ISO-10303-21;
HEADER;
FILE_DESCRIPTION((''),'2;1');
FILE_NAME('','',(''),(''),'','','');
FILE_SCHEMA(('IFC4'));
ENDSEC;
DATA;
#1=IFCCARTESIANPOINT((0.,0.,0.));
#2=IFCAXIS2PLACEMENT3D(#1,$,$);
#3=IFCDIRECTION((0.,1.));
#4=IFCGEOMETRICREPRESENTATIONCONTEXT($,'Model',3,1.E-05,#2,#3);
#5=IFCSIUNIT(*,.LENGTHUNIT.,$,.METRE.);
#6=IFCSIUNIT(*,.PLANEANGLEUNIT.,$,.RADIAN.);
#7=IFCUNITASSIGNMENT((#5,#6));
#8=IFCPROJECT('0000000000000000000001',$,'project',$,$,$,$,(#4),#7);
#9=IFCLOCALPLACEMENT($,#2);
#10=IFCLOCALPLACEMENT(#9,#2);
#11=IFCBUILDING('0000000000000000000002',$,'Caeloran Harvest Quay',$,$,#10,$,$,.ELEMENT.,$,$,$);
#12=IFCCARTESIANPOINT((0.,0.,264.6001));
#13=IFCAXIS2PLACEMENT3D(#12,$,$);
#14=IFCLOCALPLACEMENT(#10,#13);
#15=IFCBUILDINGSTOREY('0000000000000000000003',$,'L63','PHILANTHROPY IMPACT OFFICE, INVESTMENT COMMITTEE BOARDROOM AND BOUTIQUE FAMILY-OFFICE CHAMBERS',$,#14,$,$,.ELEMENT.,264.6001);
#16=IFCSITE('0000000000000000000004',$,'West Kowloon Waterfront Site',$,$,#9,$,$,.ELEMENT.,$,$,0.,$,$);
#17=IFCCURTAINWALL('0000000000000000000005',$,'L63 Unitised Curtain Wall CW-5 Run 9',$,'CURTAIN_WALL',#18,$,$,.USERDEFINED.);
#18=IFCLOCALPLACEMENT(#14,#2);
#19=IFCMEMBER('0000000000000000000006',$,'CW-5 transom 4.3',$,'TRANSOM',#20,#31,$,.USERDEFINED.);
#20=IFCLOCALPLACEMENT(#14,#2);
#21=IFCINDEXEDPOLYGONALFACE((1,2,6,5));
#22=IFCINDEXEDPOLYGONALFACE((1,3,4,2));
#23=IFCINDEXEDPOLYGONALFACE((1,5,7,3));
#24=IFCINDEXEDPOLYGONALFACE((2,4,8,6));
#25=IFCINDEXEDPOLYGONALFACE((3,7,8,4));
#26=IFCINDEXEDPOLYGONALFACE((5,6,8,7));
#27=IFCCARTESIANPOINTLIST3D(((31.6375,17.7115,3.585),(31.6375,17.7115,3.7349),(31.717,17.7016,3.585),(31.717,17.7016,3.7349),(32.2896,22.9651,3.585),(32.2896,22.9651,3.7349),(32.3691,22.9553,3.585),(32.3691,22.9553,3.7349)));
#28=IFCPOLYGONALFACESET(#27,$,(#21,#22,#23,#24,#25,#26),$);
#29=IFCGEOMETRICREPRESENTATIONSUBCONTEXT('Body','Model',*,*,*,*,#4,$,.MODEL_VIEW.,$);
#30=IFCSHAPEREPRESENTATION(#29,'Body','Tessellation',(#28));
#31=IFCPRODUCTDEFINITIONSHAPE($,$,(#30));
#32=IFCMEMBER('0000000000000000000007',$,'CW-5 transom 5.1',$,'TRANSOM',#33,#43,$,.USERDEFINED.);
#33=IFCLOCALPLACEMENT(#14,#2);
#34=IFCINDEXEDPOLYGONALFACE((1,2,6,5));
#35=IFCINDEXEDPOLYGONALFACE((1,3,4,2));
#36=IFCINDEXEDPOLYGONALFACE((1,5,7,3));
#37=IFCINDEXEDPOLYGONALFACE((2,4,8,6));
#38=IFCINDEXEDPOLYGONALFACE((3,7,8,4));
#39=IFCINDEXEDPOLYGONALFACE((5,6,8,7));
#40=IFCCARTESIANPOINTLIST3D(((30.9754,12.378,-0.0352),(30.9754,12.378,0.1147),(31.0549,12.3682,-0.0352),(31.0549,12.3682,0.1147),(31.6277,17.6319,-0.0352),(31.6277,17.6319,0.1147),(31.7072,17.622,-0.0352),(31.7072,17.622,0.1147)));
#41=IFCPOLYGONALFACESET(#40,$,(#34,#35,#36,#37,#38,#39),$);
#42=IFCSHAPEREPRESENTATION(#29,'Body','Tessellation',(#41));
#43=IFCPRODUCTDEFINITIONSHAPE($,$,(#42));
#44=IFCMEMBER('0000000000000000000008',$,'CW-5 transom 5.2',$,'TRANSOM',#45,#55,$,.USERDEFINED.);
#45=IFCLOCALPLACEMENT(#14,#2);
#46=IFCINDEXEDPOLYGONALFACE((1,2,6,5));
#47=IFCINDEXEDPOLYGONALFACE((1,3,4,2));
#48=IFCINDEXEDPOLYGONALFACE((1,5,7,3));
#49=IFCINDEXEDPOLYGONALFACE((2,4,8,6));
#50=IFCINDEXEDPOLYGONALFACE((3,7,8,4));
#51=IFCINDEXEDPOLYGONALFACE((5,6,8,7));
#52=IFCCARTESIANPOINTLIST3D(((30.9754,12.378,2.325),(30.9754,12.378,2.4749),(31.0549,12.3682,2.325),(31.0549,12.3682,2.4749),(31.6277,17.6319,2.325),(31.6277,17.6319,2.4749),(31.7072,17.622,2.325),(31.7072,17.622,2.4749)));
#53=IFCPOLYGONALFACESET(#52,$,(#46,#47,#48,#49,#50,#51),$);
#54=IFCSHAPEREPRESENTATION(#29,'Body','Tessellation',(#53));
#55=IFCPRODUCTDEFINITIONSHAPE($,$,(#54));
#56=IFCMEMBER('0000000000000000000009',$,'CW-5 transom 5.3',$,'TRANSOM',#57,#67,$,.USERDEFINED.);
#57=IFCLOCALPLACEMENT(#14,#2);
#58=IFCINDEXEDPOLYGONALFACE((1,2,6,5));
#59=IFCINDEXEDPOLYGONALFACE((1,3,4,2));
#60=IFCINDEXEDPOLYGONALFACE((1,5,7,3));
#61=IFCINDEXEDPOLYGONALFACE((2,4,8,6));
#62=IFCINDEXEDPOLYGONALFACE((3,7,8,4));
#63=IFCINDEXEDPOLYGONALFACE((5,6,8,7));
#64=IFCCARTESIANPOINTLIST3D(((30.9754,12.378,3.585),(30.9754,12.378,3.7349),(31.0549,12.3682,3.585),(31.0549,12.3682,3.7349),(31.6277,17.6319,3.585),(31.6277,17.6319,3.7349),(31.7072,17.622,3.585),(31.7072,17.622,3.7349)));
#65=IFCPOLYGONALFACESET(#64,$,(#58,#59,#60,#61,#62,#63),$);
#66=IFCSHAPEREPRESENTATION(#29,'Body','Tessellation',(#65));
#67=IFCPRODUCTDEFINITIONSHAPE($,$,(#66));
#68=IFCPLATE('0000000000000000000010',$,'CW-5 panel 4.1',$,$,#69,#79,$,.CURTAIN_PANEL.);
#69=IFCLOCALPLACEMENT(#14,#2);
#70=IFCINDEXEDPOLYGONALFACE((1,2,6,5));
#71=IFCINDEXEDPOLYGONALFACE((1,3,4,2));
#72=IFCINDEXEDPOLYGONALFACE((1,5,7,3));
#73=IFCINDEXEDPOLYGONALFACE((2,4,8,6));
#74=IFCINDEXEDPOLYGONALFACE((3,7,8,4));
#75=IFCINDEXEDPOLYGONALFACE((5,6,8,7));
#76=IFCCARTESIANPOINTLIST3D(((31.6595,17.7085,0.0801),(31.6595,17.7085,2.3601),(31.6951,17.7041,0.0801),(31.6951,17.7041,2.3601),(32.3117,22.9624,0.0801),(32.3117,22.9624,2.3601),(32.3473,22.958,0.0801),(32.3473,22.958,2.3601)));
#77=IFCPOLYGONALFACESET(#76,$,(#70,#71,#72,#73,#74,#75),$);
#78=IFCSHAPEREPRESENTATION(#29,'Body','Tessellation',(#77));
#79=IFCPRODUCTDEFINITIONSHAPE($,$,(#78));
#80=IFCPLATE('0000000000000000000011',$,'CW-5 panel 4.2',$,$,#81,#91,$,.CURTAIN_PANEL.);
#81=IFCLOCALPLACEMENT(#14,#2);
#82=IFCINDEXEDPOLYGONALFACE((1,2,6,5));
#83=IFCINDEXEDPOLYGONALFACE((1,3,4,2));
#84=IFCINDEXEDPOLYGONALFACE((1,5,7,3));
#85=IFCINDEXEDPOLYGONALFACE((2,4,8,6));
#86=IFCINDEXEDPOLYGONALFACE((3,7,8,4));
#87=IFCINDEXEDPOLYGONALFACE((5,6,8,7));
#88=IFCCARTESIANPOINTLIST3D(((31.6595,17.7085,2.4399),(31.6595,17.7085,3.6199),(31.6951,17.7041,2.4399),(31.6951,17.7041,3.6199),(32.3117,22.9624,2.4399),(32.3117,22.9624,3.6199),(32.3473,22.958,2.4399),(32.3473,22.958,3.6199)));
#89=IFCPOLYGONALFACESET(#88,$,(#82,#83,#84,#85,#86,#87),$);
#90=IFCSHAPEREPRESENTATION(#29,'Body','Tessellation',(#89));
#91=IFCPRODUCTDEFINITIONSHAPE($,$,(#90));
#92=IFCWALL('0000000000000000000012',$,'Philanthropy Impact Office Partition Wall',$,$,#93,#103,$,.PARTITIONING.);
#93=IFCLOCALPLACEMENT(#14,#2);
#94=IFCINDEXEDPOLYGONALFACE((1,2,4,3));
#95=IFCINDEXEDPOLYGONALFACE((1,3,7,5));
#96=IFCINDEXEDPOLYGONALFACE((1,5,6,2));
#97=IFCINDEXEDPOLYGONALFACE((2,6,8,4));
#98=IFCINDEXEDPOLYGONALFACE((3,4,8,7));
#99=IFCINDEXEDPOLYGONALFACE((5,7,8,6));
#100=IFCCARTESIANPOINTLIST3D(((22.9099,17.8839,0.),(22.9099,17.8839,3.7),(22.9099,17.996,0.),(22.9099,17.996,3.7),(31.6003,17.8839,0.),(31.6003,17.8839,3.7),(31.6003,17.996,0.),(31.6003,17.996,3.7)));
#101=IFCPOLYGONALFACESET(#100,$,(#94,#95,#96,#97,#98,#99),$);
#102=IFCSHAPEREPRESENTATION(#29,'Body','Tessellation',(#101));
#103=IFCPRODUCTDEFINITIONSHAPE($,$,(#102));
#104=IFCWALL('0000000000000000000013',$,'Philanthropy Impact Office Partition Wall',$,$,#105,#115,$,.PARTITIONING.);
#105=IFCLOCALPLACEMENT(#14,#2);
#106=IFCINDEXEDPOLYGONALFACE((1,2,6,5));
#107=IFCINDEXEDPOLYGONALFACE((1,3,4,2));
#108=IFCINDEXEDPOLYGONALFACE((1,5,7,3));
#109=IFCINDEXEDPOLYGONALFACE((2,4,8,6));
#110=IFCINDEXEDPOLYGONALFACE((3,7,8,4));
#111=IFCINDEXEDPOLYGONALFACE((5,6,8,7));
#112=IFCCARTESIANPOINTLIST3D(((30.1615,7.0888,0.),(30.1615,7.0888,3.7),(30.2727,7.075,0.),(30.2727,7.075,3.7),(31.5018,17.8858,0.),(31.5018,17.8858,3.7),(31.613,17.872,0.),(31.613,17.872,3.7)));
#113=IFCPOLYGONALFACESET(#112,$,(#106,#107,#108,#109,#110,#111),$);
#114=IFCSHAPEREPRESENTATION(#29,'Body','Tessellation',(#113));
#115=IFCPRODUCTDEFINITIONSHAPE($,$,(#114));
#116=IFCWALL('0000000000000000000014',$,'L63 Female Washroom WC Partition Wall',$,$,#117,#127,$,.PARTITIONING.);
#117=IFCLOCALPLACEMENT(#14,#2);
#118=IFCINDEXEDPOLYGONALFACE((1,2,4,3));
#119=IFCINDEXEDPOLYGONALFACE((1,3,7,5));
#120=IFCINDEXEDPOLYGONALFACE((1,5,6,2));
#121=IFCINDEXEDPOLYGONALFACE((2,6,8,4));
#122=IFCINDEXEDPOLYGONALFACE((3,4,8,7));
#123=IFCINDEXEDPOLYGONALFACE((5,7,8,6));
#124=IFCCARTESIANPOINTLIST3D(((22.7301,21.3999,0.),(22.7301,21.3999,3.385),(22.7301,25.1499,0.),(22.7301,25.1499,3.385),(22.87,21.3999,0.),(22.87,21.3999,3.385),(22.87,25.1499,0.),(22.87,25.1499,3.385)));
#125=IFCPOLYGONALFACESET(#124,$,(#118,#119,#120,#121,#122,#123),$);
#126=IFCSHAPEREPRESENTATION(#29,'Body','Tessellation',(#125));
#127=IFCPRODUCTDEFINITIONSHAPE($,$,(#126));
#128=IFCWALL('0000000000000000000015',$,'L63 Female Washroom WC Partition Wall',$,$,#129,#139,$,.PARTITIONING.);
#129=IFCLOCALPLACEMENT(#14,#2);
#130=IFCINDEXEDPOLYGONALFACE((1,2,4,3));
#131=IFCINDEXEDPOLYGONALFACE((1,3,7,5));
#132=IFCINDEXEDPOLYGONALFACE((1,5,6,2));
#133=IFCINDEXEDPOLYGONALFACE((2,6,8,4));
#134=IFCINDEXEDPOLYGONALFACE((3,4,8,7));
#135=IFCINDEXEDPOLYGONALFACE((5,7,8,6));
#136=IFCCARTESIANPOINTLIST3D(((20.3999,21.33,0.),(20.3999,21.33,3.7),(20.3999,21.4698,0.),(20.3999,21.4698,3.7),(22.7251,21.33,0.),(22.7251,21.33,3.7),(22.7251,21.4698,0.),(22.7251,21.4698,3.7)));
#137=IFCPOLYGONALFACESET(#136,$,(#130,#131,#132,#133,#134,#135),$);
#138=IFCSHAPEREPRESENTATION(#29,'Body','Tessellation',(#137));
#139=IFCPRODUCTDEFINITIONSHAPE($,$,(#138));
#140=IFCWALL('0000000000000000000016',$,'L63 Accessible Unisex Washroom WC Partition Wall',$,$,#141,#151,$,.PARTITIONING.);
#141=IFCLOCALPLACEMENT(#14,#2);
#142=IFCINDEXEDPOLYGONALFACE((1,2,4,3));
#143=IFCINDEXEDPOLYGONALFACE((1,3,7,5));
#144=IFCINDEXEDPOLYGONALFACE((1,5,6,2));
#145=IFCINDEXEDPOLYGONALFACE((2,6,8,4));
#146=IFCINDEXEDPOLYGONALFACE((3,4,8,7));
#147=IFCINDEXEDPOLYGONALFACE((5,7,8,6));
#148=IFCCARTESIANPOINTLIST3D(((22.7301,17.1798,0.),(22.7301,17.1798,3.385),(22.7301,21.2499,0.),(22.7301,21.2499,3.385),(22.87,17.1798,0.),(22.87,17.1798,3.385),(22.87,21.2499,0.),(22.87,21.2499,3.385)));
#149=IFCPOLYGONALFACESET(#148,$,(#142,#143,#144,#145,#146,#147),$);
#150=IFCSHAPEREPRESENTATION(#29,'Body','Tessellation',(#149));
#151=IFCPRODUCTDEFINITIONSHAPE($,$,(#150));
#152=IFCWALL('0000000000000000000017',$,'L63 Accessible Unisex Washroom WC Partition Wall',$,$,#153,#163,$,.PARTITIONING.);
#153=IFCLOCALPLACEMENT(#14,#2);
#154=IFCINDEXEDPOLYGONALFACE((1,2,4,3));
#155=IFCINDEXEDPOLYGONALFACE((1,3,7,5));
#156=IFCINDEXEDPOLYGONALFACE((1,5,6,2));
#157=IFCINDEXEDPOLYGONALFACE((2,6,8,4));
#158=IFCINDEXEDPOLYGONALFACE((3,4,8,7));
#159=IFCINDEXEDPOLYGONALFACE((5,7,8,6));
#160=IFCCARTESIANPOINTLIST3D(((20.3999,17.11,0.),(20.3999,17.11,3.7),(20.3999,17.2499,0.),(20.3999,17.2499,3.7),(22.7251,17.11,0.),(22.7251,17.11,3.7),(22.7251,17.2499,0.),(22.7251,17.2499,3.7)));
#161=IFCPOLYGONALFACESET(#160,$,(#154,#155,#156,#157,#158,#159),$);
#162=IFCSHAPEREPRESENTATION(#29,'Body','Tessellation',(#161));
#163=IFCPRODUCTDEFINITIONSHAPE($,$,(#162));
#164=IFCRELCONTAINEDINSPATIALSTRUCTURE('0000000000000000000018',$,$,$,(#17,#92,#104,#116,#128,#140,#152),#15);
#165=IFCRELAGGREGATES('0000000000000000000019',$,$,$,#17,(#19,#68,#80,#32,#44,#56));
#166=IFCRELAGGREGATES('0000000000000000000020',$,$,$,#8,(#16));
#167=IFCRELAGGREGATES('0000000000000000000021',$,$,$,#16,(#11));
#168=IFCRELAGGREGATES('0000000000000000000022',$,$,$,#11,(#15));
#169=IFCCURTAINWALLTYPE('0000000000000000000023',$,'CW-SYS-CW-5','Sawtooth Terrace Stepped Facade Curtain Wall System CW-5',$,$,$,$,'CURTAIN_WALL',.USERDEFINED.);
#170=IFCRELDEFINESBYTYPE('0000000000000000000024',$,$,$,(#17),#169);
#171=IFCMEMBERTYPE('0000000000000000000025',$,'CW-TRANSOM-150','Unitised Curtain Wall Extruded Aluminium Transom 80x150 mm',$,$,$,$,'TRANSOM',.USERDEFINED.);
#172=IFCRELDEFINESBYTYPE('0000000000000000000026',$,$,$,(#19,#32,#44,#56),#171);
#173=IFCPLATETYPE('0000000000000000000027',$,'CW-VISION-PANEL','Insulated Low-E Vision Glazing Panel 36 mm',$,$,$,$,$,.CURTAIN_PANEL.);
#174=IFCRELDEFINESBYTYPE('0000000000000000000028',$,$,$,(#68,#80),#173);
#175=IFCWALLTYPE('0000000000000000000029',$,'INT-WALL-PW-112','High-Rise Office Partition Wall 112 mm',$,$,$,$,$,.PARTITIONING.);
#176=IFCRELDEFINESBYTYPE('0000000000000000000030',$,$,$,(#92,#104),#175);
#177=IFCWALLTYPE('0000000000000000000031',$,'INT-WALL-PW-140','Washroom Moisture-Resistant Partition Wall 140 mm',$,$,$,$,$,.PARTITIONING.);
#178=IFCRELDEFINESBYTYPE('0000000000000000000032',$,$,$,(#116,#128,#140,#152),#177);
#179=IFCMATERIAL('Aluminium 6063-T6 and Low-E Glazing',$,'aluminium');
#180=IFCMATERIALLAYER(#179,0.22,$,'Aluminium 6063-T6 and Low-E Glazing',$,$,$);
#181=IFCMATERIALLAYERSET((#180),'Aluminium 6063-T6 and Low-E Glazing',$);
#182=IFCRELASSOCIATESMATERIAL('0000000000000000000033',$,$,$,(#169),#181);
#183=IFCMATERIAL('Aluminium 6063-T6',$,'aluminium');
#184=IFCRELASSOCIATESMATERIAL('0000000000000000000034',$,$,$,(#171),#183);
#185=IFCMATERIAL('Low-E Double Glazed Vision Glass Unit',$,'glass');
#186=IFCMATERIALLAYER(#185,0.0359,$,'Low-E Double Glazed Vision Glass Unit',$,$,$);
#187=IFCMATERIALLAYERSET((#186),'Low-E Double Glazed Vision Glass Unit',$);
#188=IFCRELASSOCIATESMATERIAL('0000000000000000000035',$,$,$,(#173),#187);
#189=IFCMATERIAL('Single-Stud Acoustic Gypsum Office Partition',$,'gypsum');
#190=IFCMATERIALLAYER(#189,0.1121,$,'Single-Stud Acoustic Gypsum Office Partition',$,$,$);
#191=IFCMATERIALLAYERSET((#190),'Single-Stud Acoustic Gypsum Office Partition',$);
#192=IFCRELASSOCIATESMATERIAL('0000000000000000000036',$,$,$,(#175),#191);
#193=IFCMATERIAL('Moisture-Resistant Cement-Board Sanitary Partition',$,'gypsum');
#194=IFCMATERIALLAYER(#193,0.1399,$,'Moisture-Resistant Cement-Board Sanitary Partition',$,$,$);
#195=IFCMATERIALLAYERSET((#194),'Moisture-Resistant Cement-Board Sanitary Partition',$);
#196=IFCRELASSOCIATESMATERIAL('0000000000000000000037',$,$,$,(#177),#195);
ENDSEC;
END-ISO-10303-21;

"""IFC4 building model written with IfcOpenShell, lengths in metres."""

from ifc_helpers import new_model, si_unit, direction, frame, frame_2d, origin, origin_2d, place, context, subcontext, project, spatial, rectangle, extrude, material, layer, layer_set, material_profile, profile_set, type_object, element, aggregate, save


model = new_model("IFC4")

# Units and contexts
model_context = context("Model", 3, precision=1e-05, world=origin(), true_north=direction((0.0, 1.0)))
body_context = subcontext(model_context, "Body", "Model", "MODEL_VIEW")
ifc_project = project(units=[si_unit("LENGTHUNIT", "METRE"), si_unit("PLANEANGLEUNIT", "RADIAN")], contexts=[model_context])

# Site, building, storey
site_placement = place(None, origin())
site = spatial("IfcSite", under=ifc_project, at=site_placement, Name="West Kowloon Waterfront Site", CompositionType="ELEMENT", RefElevation=0.0)
building_placement = place(site_placement, origin())
building = spatial("IfcBuilding", under=site, at=building_placement, Name="Caeloran Harvest Quay", CompositionType="ELEMENT")
storey_placement = place(building_placement, frame((0.0, 0.0, 264.6001)))
storey = spatial("IfcBuildingStorey", under=building, at=storey_placement, Name="L63", Description="PHILANTHROPY IMPACT OFFICE, INVESTMENT COMMITTEE BOARDROOM AND BOUTIQUE FAMILY-OFFICE CHAMBERS", CompositionType="ELEMENT", Elevation=264.6001)

# Curtain wall, members, plates
ifc_material_1 = material(Name="Aluminium 6063-T6 and Low-E Glazing", Category="aluminium")
ifc_layer_1 = layer(ifc_material_1, 0.22, Name="Aluminium 6063-T6 and Low-E Glazing")
ifc_layer_set_1 = layer_set([ifc_layer_1], Name="Aluminium 6063-T6 and Low-E Glazing")
curtain_wall_type = type_object("IfcCurtainWallType", Name="CW-SYS-CW-5", Description="Sawtooth Terrace Stepped Facade Curtain Wall System CW-5", ElementType="CURTAIN_WALL", PredefinedType="USERDEFINED", material=ifc_layer_set_1)
curtain_wall_placement = place(storey_placement, origin())
curtain_wall = element("IfcCurtainWall", 1, at=curtain_wall_placement, inside=storey, type_object=curtain_wall_type, Name="L63 Unitised Curtain Wall CW-5 Run 9", ObjectType="CURTAIN_WALL", PredefinedType="USERDEFINED")
ifc_material_2 = material(Name="Aluminium 6063-T6", Category="aluminium")
ifc_material_profile_1 = material_profile(ifc_material_2, rectangle(XDim=0.0801, YDim=0.1499, at=origin_2d()), Name="CW-TRANSOM-150")
ifc_profile_set_1 = profile_set([ifc_material_profile_1], Name="Aluminium 6063-T6")
member_type_1 = type_object("IfcMemberType", Name="CW-TRANSOM-150", Description="Unitised Curtain Wall Extruded Aluminium Transom 80x150 mm", ElementType="TRANSOM", PredefinedType="USERDEFINED", material=ifc_profile_set_1)
member_1_placement = place(storey_placement, frame((32.3293, 22.9602, 3.6599), z_axis=(-0.123178, -0.992385, 0.0), x_axis=(0.992385, -0.123178, 0.0)))
member_1 = element("IfcMember", 2, at=member_1_placement, type_object=member_type_1, Name="CW-5 transom 4.3", ObjectType="TRANSOM", PredefinedType="USERDEFINED", context=body_context, shape_type="SweptSolid", body=[
    extrude(rectangle(XDim=0.0801, YDim=0.1499, at=origin_2d()), origin(), (0.0, 0.0, 1.0), 5.2939),
])
member_2_placement = place(storey_placement, frame((31.6675, 17.627, 0.0398), z_axis=(-0.123217, -0.99238, 0.0), x_axis=(0.99238, -0.123217, 0.0)))
member_2 = element("IfcMember", 3, at=member_2_placement, type_object=member_type_1, Name="CW-5 transom 5.1", ObjectType="TRANSOM", PredefinedType="USERDEFINED", context=body_context, shape_type="SweptSolid", body=[
    extrude(rectangle(XDim=0.0801, YDim=0.1499, at=origin_2d()), origin(), (0.0, 0.0, 1.0), 5.2942),
])
member_3_placement = place(storey_placement, frame((31.6675, 17.627, 2.3999), z_axis=(-0.123217, -0.99238, 0.0), x_axis=(0.99238, -0.123217, 0.0)))
member_3 = element("IfcMember", 4, at=member_3_placement, type_object=member_type_1, Name="CW-5 transom 5.2", ObjectType="TRANSOM", PredefinedType="USERDEFINED", context=body_context, shape_type="SweptSolid", body=[
    extrude(rectangle(XDim=0.0801, YDim=0.1499, at=origin_2d()), origin(), (0.0, 0.0, 1.0), 5.2942),
])
member_4_placement = place(storey_placement, frame((31.6675, 17.627, 3.6599), z_axis=(-0.123217, -0.99238, 0.0), x_axis=(0.99238, -0.123217, 0.0)))
member_4 = element("IfcMember", 5, at=member_4_placement, type_object=member_type_1, Name="CW-5 transom 5.3", ObjectType="TRANSOM", PredefinedType="USERDEFINED", context=body_context, shape_type="SweptSolid", body=[
    extrude(rectangle(XDim=0.0801, YDim=0.1499, at=origin_2d()), origin(), (0.0, 0.0, 1.0), 5.2942),
])
ifc_material_3 = material(Name="Low-E Double Glazed Vision Glass Unit", Category="glass")
ifc_layer_2 = layer(ifc_material_3, 0.0359, Name="Low-E Double Glazed Vision Glass Unit")
ifc_layer_set_2 = layer_set([ifc_layer_2], Name="Low-E Double Glazed Vision Glass Unit")
plate_type = type_object("IfcPlateType", Name="CW-VISION-PANEL", Description="Insulated Low-E Vision Glazing Panel 36 mm", PredefinedType="CURTAIN_PANEL", material=ifc_layer_set_2)
plate_1_placement = place(storey_placement, frame((32.0034, 20.3333, 0.0801), z_axis=(0.0, 0.0, 1.0), x_axis=(-0.12319, -0.992383, 0.0)))
plate_1 = element("IfcPlate", 6, at=plate_1_placement, type_object=plate_type, Name="CW-5 panel 4.1", PredefinedType="CURTAIN_PANEL", context=body_context, shape_type="SweptSolid", body=[
    extrude(rectangle(XDim=5.2942, YDim=0.0359, at=origin_2d()), origin(), (0.0, 0.0, 1.0), 2.28),
])
plate_2_placement = place(storey_placement, frame((32.0034, 20.3333, 2.4399), z_axis=(0.0, 0.0, 1.0), x_axis=(-0.12319, -0.992383, 0.0)))
plate_2 = element("IfcPlate", 7, at=plate_2_placement, type_object=plate_type, Name="CW-5 panel 4.2", PredefinedType="CURTAIN_PANEL", context=body_context, shape_type="SweptSolid", body=[
    extrude(rectangle(XDim=5.2942, YDim=0.0359, at=origin_2d()), origin(), (0.0, 0.0, 1.0), 1.1799),
])
aggregate(curtain_wall, [member_1, plate_1, plate_2, member_2, member_3, member_4])

# Walls
ifc_material_4 = material(Name="Single-Stud Acoustic Gypsum Office Partition", Category="gypsum")
ifc_layer_3 = layer(ifc_material_4, 0.1121, Name="Single-Stud Acoustic Gypsum Office Partition")
ifc_layer_set_3 = layer_set([ifc_layer_3], Name="Single-Stud Acoustic Gypsum Office Partition")
wall_type_1 = type_object("IfcWallType", Name="INT-WALL-PW-112", Description="High-Rise Office Partition Wall 112 mm", PredefinedType="PARTITIONING", material=ifc_layer_set_3)
wall_1_placement = place(storey_placement, frame((22.9099, 17.9399, 0.0), z_axis=(0.0, 0.0, 1.0), x_axis=(1.0, 0.0, 0.0)))
element("IfcWall", 8, at=wall_1_placement, inside=storey, type_object=wall_type_1, Name="Philanthropy Impact Office Partition Wall", PredefinedType="PARTITIONING", context=body_context, shape_type="SweptSolid", body=[
    extrude(rectangle(XDim=8.6904, YDim=0.1121, at=frame_2d((4.3452, 0.0))), origin(), (0.0, 0.0, 1.0), 3.7),
])
wall_2_placement = place(storey_placement, frame((31.5574, 17.8789, 0.0), z_axis=(0.0, 0.0, 1.0), x_axis=(-0.123192, -0.992383, 0.0)))
element("IfcWall", 9, at=wall_2_placement, inside=storey, type_object=wall_type_1, Name="Philanthropy Impact Office Partition Wall", PredefinedType="PARTITIONING", context=body_context, shape_type="SweptSolid", body=[
    extrude(rectangle(XDim=10.8799, YDim=0.1121, at=frame_2d((5.4399, 0.0))), origin(), (0.0, 0.0, 1.0), 3.7),
])
ifc_material_5 = material(Name="Moisture-Resistant Cement-Board Sanitary Partition", Category="gypsum")
ifc_layer_4 = layer(ifc_material_5, 0.1399, Name="Moisture-Resistant Cement-Board Sanitary Partition")
ifc_layer_set_4 = layer_set([ifc_layer_4], Name="Moisture-Resistant Cement-Board Sanitary Partition")
wall_type_2 = type_object("IfcWallType", Name="INT-WALL-PW-140", Description="Washroom Moisture-Resistant Partition Wall 140 mm", PredefinedType="PARTITIONING", material=ifc_layer_set_4)
wall_3_placement = place(storey_placement, frame((22.8, 25.1499, 0.0), z_axis=(0.0, 0.0, 1.0), x_axis=(0.0, -1.0, 0.0)))
element("IfcWall", 10, at=wall_3_placement, inside=storey, type_object=wall_type_2, Name="L63 Female Washroom WC Partition Wall", PredefinedType="PARTITIONING", context=body_context, shape_type="SweptSolid", body=[
    extrude(rectangle(XDim=3.75, YDim=0.1399, at=frame_2d((1.875, 0.0))), origin(), (0.0, 0.0, 1.0), 3.385),
])
wall_4_placement = place(storey_placement, frame((22.7251, 21.3999, 0.0), z_axis=(0.0, 0.0, 1.0), x_axis=(-1.0, 0.0, 0.0)))
element("IfcWall", 11, at=wall_4_placement, inside=storey, type_object=wall_type_2, Name="L63 Female Washroom WC Partition Wall", PredefinedType="PARTITIONING", context=body_context, shape_type="SweptSolid", body=[
    extrude(rectangle(XDim=2.3252, YDim=0.1399, at=frame_2d((1.1626, 0.0))), origin(), (0.0, 0.0, 1.0), 3.7),
])

# Walls
wall_5_placement = place(storey_placement, frame((22.8, 21.25, 0.0), z_axis=(0.0, 0.0, 1.0), x_axis=(0.0, -1.0, 0.0)))
element("IfcWall", 12, at=wall_5_placement, inside=storey, type_object=wall_type_2, Name="L63 Accessible Unisex Washroom WC Partition Wall", PredefinedType="PARTITIONING", context=body_context, shape_type="SweptSolid", body=[
    extrude(rectangle(XDim=4.0701, YDim=0.1399, at=frame_2d((2.0352, 0.0))), origin(), (0.0, 0.0, 1.0), 3.385),
])
wall_6_placement = place(storey_placement, frame((22.7251, 17.1799, 0.0), z_axis=(0.0, 0.0, 1.0), x_axis=(-1.0, 0.0, 0.0)))
element("IfcWall", 13, at=wall_6_placement, inside=storey, type_object=wall_type_2, Name="L63 Accessible Unisex Washroom WC Partition Wall", PredefinedType="PARTITIONING", context=body_context, shape_type="SweptSolid", body=[
    extrude(rectangle(XDim=2.3252, YDim=0.1399, at=frame_2d((1.1626, 0.0))), origin(), (0.0, 0.0, 1.0), 3.7),
])

save(model, "model.ifc")
